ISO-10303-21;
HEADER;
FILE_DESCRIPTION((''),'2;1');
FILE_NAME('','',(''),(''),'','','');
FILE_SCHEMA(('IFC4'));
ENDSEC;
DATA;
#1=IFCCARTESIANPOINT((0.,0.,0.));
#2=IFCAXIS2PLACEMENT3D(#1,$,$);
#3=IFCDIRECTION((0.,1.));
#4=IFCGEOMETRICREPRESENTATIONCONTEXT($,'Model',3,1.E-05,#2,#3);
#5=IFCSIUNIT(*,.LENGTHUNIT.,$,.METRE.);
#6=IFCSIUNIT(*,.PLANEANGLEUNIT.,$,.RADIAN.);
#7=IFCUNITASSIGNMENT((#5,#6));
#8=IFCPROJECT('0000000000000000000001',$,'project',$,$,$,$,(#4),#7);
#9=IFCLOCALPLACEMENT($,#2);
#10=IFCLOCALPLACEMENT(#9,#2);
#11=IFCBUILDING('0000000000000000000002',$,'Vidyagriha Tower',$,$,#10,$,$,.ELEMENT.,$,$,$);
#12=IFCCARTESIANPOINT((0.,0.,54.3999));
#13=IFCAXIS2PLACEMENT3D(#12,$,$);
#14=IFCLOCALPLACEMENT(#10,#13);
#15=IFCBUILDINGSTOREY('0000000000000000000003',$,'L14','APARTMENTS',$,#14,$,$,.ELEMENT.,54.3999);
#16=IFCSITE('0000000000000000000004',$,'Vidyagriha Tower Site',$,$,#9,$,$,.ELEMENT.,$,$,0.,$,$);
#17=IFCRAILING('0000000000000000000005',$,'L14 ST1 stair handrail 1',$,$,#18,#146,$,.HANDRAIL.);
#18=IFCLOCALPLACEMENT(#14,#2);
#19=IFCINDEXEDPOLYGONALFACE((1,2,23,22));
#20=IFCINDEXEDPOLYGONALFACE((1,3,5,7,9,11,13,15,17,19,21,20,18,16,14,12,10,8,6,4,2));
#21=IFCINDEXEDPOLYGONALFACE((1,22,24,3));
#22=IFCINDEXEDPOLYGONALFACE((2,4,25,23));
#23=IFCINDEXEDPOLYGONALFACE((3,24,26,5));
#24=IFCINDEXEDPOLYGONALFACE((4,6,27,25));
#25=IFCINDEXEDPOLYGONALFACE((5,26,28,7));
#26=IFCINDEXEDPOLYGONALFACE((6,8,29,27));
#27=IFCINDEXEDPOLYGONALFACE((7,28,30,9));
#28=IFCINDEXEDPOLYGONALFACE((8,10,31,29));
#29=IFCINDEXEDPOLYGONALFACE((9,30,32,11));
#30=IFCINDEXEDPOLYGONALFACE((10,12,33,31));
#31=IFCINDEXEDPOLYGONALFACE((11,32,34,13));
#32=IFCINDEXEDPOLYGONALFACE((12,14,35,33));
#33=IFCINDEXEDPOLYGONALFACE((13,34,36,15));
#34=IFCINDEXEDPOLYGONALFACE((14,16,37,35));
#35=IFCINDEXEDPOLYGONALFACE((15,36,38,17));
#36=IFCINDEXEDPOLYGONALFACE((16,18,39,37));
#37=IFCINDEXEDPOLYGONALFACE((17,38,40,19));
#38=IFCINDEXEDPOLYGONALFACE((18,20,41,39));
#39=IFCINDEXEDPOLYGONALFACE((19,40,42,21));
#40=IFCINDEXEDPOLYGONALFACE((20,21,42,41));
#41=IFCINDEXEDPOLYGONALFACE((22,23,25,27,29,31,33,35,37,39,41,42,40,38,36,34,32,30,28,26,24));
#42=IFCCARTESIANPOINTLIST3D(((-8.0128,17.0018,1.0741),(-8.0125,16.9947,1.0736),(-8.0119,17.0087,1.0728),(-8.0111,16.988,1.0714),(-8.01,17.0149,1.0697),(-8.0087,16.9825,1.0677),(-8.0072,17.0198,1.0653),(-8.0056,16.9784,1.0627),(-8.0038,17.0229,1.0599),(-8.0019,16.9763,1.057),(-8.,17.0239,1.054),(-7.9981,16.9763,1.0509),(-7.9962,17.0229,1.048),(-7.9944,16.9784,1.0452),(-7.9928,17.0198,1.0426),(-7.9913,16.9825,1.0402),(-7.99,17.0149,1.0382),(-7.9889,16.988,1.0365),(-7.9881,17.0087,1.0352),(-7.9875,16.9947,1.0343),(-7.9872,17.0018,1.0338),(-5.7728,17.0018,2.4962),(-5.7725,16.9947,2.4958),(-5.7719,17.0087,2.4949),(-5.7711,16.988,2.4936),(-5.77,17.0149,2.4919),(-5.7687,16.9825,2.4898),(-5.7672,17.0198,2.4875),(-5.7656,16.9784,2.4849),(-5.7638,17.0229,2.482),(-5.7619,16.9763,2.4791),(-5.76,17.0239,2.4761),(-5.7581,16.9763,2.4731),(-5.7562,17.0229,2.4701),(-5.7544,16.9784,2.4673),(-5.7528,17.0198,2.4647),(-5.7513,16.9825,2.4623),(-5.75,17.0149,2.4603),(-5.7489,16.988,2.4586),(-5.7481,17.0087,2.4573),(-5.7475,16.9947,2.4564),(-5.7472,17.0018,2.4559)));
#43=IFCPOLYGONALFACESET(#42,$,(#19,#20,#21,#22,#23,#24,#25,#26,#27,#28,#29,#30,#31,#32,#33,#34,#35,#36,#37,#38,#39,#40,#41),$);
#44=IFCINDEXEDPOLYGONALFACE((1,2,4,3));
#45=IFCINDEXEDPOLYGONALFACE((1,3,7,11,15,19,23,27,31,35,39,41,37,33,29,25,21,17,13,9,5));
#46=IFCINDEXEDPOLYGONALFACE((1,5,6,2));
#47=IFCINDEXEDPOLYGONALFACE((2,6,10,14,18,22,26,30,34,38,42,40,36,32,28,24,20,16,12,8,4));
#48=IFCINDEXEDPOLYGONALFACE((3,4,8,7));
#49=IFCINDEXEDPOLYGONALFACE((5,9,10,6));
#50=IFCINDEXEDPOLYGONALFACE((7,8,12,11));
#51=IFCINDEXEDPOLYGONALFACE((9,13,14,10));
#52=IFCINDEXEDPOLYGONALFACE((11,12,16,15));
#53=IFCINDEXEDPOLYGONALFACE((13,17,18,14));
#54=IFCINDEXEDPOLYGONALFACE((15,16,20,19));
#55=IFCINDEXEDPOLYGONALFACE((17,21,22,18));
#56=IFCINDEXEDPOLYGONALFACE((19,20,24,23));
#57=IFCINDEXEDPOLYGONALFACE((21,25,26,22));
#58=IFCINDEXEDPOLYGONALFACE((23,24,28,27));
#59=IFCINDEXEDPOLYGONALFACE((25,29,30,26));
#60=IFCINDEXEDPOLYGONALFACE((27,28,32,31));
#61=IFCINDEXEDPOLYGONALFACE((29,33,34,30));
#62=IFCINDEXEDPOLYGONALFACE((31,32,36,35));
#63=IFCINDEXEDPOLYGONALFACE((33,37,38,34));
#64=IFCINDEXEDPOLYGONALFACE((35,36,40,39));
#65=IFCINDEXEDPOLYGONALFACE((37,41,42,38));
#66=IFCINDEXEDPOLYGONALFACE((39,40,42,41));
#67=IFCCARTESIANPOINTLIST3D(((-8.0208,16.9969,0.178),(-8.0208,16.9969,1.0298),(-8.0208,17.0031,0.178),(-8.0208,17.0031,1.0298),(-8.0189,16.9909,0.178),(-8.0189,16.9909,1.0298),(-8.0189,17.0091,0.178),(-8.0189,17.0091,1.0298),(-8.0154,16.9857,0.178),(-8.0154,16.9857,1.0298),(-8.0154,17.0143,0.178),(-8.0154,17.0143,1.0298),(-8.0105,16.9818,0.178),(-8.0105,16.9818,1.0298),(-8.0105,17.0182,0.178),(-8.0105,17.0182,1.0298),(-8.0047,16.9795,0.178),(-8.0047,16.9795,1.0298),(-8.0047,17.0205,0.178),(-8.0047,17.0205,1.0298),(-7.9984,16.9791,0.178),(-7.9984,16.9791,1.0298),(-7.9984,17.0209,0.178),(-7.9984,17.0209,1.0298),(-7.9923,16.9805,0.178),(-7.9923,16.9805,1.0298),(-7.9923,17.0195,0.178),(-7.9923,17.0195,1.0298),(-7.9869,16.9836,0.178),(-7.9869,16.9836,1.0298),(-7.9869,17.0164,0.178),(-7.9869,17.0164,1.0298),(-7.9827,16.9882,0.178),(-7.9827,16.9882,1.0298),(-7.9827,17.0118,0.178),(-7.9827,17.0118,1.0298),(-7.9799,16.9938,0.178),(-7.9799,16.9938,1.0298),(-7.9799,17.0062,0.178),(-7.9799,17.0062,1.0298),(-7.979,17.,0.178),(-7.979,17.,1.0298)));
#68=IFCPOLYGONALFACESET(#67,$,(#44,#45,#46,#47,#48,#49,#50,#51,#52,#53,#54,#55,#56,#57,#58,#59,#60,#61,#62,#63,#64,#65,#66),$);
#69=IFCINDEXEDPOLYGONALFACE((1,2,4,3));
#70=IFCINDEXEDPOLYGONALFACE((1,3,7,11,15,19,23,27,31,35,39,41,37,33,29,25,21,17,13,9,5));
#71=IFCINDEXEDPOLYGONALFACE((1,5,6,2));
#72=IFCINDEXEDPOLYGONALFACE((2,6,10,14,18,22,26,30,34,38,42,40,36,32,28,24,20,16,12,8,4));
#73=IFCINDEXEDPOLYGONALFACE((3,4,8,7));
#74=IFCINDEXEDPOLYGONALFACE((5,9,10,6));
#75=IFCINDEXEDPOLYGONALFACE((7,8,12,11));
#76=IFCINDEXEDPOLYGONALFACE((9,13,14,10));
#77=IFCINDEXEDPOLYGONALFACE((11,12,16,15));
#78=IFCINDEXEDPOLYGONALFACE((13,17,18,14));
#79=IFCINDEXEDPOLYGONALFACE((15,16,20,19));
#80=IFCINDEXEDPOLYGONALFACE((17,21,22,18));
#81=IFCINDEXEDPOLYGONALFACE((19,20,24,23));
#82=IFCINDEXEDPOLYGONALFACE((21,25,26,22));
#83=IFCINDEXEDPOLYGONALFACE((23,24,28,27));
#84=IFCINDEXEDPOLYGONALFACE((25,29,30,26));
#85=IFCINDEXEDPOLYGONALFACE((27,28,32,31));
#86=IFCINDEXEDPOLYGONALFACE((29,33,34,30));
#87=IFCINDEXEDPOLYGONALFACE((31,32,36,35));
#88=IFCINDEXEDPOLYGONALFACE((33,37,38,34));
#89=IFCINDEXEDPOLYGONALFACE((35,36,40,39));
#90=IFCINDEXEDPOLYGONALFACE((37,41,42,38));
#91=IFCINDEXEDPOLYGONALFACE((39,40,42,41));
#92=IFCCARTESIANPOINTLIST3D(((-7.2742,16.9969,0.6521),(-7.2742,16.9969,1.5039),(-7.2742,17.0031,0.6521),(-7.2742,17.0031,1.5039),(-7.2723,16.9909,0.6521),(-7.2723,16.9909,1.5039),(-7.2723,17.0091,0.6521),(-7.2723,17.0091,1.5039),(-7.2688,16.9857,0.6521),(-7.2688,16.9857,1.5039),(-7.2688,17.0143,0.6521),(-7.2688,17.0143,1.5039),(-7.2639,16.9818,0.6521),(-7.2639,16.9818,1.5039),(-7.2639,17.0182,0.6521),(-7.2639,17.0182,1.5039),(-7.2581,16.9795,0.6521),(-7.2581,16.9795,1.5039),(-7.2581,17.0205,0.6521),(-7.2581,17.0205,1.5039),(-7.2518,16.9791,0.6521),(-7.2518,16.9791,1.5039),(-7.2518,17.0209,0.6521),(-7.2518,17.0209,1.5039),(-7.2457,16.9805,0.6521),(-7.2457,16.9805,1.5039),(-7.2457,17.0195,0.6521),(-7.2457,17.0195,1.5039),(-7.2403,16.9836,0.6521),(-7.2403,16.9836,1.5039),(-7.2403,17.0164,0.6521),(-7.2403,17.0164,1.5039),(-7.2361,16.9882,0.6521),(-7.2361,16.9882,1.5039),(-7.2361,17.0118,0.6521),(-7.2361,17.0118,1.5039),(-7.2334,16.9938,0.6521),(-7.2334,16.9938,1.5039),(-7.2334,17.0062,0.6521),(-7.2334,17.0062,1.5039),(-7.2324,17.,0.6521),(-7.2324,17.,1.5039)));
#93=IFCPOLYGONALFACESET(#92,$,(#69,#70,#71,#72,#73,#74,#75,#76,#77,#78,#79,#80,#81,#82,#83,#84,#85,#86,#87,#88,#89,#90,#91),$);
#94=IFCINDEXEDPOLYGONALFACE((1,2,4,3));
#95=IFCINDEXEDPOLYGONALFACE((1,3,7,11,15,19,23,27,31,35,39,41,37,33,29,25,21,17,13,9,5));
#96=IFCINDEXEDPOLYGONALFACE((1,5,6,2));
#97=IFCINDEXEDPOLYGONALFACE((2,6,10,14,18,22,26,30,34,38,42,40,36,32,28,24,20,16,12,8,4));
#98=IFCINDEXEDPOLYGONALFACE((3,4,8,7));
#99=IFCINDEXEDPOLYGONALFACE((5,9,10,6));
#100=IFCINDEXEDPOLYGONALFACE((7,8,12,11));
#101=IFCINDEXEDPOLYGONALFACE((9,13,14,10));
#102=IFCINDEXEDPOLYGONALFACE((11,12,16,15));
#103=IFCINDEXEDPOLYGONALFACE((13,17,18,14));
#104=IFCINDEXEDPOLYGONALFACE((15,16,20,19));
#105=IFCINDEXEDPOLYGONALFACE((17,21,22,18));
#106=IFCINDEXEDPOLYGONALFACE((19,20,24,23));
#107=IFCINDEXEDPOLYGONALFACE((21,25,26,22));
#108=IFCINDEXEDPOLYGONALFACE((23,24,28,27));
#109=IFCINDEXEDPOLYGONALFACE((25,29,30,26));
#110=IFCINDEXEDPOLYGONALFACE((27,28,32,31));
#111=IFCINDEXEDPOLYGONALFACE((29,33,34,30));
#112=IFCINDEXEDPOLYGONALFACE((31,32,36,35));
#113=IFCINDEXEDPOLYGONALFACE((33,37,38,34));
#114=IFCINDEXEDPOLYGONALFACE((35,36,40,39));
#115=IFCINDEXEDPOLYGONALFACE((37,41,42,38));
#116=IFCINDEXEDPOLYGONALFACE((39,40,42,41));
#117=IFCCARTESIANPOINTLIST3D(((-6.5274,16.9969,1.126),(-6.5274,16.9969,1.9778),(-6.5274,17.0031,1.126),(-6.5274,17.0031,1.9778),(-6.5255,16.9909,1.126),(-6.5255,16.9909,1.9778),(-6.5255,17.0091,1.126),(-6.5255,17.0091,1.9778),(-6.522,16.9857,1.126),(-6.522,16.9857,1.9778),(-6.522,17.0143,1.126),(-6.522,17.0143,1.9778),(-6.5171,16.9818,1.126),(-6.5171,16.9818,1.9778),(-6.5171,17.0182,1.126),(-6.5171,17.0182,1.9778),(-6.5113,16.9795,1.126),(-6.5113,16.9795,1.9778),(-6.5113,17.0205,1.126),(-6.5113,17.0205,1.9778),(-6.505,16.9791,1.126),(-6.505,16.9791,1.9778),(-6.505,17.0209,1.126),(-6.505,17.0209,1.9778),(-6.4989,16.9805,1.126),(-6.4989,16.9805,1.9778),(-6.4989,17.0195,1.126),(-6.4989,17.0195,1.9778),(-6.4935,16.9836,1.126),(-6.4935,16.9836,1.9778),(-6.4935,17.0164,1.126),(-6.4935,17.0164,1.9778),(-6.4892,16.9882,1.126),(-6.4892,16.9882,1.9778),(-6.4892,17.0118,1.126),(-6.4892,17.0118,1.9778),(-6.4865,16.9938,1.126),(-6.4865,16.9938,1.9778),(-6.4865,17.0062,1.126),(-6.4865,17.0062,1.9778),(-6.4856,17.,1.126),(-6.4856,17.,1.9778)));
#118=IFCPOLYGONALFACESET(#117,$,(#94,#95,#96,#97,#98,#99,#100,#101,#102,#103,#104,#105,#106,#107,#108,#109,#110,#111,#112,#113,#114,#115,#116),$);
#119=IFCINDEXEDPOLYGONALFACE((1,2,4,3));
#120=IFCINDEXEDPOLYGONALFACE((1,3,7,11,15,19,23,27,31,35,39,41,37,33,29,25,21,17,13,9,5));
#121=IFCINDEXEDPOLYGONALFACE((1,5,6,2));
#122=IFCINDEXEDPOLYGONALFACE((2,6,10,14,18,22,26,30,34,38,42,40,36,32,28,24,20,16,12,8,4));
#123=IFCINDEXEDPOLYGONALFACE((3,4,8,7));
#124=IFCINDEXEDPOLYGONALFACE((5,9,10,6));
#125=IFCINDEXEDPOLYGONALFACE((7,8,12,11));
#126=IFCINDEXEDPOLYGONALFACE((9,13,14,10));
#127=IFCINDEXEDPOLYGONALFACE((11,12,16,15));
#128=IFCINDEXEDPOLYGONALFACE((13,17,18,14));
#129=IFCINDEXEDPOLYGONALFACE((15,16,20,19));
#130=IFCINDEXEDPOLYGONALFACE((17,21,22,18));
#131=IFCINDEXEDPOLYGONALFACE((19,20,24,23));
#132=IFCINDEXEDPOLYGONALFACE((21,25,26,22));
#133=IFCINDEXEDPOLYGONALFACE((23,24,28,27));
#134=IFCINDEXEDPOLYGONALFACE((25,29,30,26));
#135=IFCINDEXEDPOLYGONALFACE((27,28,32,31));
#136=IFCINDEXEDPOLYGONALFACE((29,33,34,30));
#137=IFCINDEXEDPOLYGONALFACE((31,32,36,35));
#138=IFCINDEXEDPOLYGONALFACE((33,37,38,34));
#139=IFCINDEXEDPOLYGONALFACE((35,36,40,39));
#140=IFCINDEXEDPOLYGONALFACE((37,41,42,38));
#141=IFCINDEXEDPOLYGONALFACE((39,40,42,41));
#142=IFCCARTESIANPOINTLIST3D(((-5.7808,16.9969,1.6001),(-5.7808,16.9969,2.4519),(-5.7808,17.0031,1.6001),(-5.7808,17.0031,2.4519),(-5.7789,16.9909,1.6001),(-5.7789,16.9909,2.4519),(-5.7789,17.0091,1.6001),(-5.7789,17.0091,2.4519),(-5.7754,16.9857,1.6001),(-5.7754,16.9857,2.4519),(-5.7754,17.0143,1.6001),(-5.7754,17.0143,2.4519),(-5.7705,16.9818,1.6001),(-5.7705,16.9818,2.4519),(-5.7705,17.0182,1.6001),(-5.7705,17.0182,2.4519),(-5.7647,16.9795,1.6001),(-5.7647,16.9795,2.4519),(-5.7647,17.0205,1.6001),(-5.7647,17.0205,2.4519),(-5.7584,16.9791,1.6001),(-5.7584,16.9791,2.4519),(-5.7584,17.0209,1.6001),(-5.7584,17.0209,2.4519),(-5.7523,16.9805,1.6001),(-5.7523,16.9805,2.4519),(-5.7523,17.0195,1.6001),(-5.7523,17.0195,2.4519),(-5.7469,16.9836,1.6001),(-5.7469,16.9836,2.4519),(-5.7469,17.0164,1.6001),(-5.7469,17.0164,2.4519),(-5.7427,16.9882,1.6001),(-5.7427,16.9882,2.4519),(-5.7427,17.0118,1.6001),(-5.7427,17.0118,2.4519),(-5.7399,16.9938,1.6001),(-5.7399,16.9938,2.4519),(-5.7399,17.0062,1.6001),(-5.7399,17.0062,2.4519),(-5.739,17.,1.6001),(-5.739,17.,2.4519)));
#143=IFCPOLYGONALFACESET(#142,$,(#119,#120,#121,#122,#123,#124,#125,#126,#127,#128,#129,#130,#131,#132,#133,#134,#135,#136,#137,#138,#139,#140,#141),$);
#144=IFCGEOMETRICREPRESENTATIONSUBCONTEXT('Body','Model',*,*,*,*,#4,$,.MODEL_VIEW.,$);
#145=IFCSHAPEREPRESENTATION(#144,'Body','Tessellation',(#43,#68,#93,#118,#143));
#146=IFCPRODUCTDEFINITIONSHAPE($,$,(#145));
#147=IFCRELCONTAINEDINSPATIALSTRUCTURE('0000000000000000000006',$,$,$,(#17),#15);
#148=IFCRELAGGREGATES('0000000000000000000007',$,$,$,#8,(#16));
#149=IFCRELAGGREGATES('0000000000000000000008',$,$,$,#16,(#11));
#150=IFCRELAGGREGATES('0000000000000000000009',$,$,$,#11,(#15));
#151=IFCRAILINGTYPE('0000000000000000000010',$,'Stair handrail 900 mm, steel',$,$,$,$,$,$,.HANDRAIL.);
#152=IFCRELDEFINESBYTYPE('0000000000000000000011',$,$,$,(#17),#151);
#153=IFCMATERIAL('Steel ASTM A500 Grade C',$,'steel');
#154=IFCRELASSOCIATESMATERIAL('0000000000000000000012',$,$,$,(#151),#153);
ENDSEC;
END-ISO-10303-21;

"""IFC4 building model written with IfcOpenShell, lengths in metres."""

from ifc_helpers import new_model, si_unit, direction, frame, origin, origin_2d, place, context, subcontext, project, spatial, circle, extrude, material, type_object, element, save


model = new_model("IFC4")

# Units and contexts
model_context = context("Model", 3, precision=1e-05, world=origin(), true_north=direction((0.0, 1.0)))
body_context = subcontext(model_context, "Body", "Model", "MODEL_VIEW")
ifc_project = project(units=[si_unit("LENGTHUNIT", "METRE"), si_unit("PLANEANGLEUNIT", "RADIAN")], contexts=[model_context])

# Site, building, storey
site_placement = place(None, origin())
site = spatial("IfcSite", under=ifc_project, at=site_placement, Name="Vidyagriha Tower Site", CompositionType="ELEMENT", RefElevation=0.0)
building_placement = place(site_placement, origin())
building = spatial("IfcBuilding", under=site, at=building_placement, Name="Vidyagriha Tower", CompositionType="ELEMENT")
storey_placement = place(building_placement, frame((0.0, 0.0, 54.3999)))
storey = spatial("IfcBuildingStorey", under=building, at=storey_placement, Name="L14", Description="APARTMENTS", CompositionType="ELEMENT", Elevation=54.3999)

# Railing
ifc_material_1 = material(Name="Steel ASTM A500 Grade C", Category="steel")
railing_type = type_object("IfcRailingType", Name="Stair handrail 900 mm, steel", PredefinedType="HANDRAIL", material=ifc_material_1)
railing_placement = place(storey_placement, frame((-8.0, 17.0, 0.178)))
element("IfcRailing", 1, at=railing_placement, inside=storey, type_object=railing_type, Name="L14 ST1 stair handrail 1", PredefinedType="HANDRAIL", context=body_context, shape_type="SweptSolid", body=[
    extrude(circle(Radius=0.0239, at=origin_2d()), frame((0.0, 0.0, 0.876), z_axis=(0.844229, 0.0, 0.535982), x_axis=(0.0, 1.0, 0.0)), (0.0, 0.0, 1.0), 2.6533),
    extrude(circle(Radius=0.021, at=origin_2d()), origin(), (0.0, 0.0, 1.0), 0.8518),
    extrude(circle(Radius=0.021, at=origin_2d()), frame((0.7466, 0.0, 0.4741)), (0.0, 0.0, 1.0), 0.8518),
    extrude(circle(Radius=0.021, at=origin_2d()), frame((1.4934, 0.0, 0.948)), (0.0, 0.0, 1.0), 0.8518),
    extrude(circle(Radius=0.021, at=origin_2d()), frame((2.24, 0.0, 1.4221)), (0.0, 0.0, 1.0), 0.8518),
])

save(model, "model.ifc")
